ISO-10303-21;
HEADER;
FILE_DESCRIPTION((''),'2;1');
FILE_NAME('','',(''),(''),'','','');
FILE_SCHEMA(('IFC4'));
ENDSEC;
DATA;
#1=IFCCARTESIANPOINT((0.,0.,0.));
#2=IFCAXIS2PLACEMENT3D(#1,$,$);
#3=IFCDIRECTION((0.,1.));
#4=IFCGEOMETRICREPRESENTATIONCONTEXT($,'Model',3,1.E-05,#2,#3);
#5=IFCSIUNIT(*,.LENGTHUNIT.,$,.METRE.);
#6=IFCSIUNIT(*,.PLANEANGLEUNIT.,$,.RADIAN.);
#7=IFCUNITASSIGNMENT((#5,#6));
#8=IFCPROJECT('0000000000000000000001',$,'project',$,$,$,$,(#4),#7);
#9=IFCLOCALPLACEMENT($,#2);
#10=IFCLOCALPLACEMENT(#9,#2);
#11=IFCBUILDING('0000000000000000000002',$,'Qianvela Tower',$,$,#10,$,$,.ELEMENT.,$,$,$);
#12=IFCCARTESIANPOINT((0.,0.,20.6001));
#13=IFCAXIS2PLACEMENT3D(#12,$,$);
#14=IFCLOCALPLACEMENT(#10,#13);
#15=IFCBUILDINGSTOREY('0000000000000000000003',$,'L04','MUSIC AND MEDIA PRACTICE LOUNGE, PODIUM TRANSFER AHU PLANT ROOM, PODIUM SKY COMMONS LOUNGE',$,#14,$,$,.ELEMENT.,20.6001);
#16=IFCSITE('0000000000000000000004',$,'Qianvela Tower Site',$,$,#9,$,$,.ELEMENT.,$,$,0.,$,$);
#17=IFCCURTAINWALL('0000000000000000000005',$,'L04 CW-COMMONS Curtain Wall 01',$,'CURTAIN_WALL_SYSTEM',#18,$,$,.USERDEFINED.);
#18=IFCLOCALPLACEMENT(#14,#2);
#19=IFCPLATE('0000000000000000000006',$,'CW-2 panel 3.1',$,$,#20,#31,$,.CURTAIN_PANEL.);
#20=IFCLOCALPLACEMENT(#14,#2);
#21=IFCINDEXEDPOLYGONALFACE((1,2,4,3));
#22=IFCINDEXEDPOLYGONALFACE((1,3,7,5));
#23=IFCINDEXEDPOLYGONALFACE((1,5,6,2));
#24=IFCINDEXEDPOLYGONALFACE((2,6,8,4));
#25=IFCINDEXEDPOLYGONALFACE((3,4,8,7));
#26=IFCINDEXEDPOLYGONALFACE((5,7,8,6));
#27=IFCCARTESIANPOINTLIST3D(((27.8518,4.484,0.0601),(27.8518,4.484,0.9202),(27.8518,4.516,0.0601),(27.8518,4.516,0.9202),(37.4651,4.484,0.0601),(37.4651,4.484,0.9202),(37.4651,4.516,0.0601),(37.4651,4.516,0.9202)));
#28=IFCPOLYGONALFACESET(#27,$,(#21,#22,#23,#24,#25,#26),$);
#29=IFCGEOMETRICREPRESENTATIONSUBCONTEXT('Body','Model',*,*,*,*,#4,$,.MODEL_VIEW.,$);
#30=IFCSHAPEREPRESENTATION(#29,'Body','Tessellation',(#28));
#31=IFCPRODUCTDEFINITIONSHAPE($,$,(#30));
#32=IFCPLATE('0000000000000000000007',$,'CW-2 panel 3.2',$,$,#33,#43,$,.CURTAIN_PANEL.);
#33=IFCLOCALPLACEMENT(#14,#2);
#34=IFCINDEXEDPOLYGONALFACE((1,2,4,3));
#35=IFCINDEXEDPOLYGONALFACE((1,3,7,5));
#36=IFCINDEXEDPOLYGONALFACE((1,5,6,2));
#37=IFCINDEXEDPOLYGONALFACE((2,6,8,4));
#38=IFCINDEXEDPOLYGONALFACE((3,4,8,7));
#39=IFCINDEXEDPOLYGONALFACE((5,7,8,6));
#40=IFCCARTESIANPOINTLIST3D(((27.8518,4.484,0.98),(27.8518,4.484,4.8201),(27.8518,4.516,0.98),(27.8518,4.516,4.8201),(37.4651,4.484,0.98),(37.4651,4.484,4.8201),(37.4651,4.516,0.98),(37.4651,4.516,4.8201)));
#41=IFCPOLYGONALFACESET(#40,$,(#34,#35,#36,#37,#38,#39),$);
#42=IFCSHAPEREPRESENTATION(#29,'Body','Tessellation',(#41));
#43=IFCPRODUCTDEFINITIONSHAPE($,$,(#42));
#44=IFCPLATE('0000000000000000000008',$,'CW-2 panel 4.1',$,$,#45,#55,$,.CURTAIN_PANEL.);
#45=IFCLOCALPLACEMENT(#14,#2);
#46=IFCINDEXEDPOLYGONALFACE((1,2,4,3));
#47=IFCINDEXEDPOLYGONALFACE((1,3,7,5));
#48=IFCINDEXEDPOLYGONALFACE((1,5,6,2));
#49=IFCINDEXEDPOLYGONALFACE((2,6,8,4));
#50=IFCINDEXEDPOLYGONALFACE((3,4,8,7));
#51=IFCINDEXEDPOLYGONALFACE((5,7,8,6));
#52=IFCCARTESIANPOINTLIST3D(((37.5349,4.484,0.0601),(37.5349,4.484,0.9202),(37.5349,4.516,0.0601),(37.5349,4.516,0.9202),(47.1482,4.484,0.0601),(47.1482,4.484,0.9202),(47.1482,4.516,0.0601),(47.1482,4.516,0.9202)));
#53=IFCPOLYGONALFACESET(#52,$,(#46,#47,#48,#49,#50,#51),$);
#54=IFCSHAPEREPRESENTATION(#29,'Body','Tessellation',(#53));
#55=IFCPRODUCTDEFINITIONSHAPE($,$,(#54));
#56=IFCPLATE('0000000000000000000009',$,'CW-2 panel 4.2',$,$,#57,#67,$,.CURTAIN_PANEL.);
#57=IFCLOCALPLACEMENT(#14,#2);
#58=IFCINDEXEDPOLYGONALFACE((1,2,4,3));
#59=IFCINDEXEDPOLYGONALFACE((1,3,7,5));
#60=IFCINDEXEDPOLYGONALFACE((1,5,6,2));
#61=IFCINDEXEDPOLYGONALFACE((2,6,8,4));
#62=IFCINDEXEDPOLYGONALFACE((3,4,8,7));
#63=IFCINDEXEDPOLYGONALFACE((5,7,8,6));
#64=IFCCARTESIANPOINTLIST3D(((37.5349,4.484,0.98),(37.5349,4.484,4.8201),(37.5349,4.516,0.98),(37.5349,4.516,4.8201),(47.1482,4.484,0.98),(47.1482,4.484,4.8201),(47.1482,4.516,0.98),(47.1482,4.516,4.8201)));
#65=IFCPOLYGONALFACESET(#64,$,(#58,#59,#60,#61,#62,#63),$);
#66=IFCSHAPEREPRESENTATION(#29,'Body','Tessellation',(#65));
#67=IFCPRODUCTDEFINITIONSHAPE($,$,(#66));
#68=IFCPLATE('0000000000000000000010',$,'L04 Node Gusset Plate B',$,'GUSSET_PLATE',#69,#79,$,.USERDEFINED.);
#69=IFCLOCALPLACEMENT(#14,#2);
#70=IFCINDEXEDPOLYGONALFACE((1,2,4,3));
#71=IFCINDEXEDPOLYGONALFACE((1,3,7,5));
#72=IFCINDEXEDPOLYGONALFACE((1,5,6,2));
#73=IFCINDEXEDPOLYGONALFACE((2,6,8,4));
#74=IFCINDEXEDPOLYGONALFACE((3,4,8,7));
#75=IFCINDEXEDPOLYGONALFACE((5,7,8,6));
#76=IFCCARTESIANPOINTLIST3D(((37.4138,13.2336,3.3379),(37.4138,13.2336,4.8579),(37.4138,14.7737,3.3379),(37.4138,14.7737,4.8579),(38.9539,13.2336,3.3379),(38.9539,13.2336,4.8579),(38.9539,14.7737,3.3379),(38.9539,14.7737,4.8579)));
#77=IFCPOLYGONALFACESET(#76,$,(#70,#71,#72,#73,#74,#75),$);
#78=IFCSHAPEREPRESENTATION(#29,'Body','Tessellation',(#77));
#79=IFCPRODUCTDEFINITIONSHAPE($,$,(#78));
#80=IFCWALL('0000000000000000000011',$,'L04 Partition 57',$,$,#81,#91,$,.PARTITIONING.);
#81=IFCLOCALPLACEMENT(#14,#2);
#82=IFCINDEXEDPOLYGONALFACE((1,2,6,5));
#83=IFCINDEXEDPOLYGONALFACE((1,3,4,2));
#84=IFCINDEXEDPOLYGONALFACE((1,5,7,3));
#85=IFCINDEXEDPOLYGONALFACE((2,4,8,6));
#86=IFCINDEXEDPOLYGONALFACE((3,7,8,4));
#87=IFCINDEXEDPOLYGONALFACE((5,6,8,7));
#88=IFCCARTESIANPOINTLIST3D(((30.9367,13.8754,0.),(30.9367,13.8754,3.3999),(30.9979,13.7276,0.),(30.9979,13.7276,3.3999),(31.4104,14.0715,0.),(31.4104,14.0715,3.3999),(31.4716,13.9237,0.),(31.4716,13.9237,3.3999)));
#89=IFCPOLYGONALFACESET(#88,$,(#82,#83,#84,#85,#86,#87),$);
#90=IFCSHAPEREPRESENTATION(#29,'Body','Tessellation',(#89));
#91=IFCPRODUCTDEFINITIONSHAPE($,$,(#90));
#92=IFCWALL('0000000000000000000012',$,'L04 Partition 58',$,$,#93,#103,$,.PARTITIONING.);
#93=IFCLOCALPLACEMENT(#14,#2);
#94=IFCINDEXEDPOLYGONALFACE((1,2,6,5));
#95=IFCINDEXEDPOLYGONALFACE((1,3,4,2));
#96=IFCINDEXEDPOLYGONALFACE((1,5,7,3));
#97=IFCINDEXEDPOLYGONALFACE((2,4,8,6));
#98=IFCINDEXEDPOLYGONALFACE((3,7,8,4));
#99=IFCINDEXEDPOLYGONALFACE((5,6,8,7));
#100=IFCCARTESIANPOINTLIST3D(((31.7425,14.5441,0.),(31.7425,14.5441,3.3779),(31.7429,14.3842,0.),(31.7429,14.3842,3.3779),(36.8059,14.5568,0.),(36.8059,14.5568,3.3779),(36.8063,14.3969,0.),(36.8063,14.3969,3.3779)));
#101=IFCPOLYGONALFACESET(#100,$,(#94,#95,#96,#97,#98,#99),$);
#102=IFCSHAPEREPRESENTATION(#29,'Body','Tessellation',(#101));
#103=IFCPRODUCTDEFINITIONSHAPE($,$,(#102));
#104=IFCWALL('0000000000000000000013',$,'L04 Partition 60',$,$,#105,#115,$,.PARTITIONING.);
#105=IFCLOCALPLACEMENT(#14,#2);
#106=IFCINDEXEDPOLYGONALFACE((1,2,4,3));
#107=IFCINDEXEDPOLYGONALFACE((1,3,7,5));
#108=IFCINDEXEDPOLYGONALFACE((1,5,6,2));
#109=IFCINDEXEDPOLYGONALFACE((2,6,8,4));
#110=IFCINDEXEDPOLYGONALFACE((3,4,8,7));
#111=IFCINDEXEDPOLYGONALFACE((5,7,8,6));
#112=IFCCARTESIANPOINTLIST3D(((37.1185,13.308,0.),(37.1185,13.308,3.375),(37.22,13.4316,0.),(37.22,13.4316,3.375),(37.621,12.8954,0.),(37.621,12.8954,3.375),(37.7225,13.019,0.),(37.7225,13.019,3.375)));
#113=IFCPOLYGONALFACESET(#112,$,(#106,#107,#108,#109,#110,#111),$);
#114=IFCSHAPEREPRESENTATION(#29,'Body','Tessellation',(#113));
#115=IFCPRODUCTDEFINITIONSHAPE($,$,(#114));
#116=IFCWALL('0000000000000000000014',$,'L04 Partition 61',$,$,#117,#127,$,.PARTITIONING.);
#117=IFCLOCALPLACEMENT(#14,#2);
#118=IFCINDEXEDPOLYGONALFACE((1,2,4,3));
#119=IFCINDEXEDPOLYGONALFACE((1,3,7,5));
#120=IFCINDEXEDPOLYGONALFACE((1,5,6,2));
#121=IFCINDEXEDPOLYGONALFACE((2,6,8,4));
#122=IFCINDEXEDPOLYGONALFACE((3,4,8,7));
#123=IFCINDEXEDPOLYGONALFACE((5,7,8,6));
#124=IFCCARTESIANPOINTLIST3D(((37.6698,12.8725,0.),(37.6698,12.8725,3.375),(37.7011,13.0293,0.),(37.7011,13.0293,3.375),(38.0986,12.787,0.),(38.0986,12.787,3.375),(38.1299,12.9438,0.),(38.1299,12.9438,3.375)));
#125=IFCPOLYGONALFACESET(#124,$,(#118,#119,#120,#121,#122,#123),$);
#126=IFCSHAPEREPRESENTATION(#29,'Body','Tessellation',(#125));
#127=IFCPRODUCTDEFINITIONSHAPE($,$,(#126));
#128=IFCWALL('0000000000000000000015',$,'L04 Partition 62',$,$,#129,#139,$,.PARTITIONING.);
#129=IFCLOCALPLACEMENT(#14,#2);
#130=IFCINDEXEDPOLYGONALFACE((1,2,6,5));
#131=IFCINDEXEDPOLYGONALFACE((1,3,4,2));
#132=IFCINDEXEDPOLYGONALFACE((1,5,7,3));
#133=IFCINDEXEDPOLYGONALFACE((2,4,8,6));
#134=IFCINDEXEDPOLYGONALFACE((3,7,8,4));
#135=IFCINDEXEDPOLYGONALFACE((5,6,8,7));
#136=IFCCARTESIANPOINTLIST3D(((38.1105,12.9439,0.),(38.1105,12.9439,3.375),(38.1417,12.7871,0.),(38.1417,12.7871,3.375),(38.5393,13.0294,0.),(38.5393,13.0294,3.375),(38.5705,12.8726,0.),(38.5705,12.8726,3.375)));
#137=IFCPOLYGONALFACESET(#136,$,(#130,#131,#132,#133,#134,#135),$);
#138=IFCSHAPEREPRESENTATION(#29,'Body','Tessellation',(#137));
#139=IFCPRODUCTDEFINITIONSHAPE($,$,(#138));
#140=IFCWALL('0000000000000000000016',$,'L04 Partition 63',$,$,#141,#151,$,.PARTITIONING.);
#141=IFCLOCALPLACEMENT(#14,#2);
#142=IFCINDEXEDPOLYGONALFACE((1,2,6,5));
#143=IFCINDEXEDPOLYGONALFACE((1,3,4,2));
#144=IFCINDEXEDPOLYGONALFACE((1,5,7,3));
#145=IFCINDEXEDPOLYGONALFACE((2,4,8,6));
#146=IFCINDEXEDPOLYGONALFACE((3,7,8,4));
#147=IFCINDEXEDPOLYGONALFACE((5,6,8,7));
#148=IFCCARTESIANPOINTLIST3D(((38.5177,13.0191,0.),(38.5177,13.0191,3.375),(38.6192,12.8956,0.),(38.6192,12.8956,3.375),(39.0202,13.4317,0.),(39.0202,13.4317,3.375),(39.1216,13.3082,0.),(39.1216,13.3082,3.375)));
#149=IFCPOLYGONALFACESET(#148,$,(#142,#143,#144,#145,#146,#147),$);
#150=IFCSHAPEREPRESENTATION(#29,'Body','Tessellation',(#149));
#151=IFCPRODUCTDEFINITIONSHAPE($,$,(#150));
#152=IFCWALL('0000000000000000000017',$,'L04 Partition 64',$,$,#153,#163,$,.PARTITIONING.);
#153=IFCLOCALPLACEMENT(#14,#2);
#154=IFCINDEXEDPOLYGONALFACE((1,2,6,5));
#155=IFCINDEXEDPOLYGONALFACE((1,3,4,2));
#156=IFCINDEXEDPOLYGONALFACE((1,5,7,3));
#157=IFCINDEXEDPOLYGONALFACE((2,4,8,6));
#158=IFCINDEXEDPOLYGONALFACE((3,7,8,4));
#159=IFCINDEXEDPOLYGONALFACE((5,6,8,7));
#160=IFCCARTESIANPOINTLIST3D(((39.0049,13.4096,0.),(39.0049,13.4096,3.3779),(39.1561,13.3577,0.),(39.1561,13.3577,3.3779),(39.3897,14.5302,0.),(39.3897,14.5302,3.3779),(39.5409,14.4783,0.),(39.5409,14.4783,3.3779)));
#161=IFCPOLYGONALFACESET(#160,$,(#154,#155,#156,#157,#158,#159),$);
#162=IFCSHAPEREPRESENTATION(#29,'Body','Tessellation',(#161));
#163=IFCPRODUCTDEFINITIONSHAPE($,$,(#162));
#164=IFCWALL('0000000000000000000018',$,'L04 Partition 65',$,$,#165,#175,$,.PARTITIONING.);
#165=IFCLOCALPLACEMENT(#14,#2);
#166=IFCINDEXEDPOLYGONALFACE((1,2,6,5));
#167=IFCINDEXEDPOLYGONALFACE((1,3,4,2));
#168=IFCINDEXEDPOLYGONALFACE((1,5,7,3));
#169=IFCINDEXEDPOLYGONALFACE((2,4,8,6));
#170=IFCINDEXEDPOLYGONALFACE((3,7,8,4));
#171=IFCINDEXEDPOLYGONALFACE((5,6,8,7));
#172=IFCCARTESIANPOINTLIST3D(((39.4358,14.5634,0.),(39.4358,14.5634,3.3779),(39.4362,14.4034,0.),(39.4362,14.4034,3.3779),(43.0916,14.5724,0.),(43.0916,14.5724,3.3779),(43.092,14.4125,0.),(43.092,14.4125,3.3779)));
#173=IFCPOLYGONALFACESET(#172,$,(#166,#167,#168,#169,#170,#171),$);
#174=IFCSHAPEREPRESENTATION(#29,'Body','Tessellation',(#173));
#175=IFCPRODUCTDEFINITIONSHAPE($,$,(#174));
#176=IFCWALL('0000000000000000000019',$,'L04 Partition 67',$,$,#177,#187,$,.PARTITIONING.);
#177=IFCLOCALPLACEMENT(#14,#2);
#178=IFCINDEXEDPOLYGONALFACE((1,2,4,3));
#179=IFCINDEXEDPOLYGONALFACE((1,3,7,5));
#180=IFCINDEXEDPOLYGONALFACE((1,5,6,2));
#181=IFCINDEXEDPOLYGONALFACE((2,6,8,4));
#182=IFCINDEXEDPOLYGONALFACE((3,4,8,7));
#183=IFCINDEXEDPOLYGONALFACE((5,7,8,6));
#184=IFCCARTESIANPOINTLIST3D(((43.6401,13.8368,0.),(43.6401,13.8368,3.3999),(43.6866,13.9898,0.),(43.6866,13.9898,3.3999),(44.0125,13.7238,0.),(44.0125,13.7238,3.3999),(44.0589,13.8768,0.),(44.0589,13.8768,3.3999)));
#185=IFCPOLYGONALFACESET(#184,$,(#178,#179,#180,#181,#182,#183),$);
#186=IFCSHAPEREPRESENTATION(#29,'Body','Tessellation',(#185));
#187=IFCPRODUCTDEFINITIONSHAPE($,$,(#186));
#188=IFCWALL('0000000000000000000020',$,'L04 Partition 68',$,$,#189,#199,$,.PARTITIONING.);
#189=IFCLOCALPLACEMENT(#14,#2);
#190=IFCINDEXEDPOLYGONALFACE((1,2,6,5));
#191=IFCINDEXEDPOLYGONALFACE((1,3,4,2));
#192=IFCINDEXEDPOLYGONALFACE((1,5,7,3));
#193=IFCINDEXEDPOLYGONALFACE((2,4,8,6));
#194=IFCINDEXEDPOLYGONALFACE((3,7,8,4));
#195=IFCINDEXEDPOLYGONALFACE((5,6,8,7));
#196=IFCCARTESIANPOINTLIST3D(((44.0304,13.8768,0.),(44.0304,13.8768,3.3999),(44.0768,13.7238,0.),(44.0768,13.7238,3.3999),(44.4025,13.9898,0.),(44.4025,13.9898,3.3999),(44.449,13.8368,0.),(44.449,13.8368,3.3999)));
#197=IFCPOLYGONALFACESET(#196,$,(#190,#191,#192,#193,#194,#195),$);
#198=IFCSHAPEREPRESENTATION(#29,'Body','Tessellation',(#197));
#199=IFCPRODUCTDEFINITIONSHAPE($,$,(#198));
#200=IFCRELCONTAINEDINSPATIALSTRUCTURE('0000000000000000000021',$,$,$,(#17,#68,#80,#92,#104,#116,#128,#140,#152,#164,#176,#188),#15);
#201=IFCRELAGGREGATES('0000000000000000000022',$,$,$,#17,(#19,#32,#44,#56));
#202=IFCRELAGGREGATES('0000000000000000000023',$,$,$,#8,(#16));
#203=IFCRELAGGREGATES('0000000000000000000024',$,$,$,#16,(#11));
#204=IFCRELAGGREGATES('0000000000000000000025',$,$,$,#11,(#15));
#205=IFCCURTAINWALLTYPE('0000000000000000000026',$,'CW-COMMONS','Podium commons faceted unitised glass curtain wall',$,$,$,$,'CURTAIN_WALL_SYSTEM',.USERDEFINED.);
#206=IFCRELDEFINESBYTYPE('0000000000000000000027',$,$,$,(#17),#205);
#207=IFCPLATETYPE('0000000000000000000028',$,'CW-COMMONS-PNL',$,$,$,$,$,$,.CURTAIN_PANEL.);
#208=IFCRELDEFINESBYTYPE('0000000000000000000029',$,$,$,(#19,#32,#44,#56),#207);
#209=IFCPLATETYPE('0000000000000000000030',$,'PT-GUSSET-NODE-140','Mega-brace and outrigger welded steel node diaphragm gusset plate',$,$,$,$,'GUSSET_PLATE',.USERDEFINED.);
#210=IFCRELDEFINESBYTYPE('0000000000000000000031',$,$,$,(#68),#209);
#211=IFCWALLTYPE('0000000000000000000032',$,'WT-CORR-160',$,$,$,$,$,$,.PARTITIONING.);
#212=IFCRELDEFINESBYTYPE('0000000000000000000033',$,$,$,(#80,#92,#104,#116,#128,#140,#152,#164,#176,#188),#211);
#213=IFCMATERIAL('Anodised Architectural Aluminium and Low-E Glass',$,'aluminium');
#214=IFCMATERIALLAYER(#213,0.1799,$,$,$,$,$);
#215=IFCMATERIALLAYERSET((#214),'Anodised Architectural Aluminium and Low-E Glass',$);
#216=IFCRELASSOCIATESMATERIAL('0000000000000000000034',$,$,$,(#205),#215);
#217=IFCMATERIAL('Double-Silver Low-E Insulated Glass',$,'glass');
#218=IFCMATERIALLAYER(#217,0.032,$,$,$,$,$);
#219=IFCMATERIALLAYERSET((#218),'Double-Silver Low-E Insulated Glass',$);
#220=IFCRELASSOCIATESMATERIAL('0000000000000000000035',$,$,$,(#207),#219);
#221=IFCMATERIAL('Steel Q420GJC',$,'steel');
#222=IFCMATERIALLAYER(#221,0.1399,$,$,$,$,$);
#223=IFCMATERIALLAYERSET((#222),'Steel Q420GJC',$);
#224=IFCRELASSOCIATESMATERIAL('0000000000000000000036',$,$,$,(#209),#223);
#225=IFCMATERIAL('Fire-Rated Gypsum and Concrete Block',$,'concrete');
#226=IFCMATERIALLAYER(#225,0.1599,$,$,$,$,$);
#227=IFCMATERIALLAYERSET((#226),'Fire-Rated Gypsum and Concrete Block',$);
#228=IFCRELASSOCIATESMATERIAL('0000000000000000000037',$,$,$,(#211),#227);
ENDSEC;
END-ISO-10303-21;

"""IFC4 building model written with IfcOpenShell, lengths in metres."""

from ifc_helpers import new_model, si_unit, direction, frame, frame_2d, origin, origin_2d, place, context, subcontext, project, spatial, rectangle, extrude, material, layer, layer_set, type_object, element, aggregate, save


model = new_model("IFC4")

# Units and contexts
model_context = context("Model", 3, precision=1e-05, world=origin(), true_north=direction((0.0, 1.0)))
body_context = subcontext(model_context, "Body", "Model", "MODEL_VIEW")
ifc_project = project(units=[si_unit("LENGTHUNIT", "METRE"), si_unit("PLANEANGLEUNIT", "RADIAN")], contexts=[model_context])

# Site, building, storey
site_placement = place(None, origin())
site = spatial("IfcSite", under=ifc_project, at=site_placement, Name="Qianvela Tower Site", CompositionType="ELEMENT", RefElevation=0.0)
building_placement = place(site_placement, origin())
building = spatial("IfcBuilding", under=site, at=building_placement, Name="Qianvela Tower", CompositionType="ELEMENT")
storey_placement = place(building_placement, frame((0.0, 0.0, 20.6001)))
storey = spatial("IfcBuildingStorey", under=building, at=storey_placement, Name="L04", Description="MUSIC AND MEDIA PRACTICE LOUNGE, PODIUM TRANSFER AHU PLANT ROOM, PODIUM SKY COMMONS LOUNGE", CompositionType="ELEMENT", Elevation=20.6001)

# Curtain wall, plates
ifc_material_1 = material(Name="Anodised Architectural Aluminium and Low-E Glass", Category="aluminium")
ifc_layer_1 = layer(ifc_material_1, 0.1799)
ifc_layer_set_1 = layer_set([ifc_layer_1], Name="Anodised Architectural Aluminium and Low-E Glass")
curtain_wall_type = type_object("IfcCurtainWallType", Name="CW-COMMONS", Description="Podium commons faceted unitised glass curtain wall", ElementType="CURTAIN_WALL_SYSTEM", PredefinedType="USERDEFINED", material=ifc_layer_set_1)
curtain_wall_placement = place(storey_placement, origin())
curtain_wall = element("IfcCurtainWall", 1, at=curtain_wall_placement, inside=storey, type_object=curtain_wall_type, Name="L04 CW-COMMONS Curtain Wall 01", ObjectType="CURTAIN_WALL_SYSTEM", PredefinedType="USERDEFINED")
ifc_material_2 = material(Name="Double-Silver Low-E Insulated Glass", Category="glass")
ifc_layer_2 = layer(ifc_material_2, 0.032)
ifc_layer_set_2 = layer_set([ifc_layer_2], Name="Double-Silver Low-E Insulated Glass")
plate_type_1 = type_object("IfcPlateType", Name="CW-COMMONS-PNL", PredefinedType="CURTAIN_PANEL", material=ifc_layer_set_2)
plate_1_placement = place(storey_placement, frame((32.6584, 4.5, 0.0601), z_axis=(0.0, 0.0, 1.0), x_axis=(1.0, 0.0, 0.0)))
plate_1 = element("IfcPlate", 2, at=plate_1_placement, type_object=plate_type_1, Name="CW-2 panel 3.1", PredefinedType="CURTAIN_PANEL", context=body_context, shape_type="SweptSolid", body=[
    extrude(rectangle(XDim=9.6133, YDim=0.032, at=origin_2d()), origin(), (0.0, 0.0, 1.0), 0.8601),
])
plate_2_placement = place(storey_placement, frame((32.6584, 4.5, 0.98), z_axis=(0.0, 0.0, 1.0), x_axis=(1.0, 0.0, 0.0)))
plate_2 = element("IfcPlate", 3, at=plate_2_placement, type_object=plate_type_1, Name="CW-2 panel 3.2", PredefinedType="CURTAIN_PANEL", context=body_context, shape_type="SweptSolid", body=[
    extrude(rectangle(XDim=9.6133, YDim=0.032, at=origin_2d()), origin(), (0.0, 0.0, 1.0), 3.8401),
])
plate_3_placement = place(storey_placement, frame((42.3416, 4.5, 0.0601), z_axis=(0.0, 0.0, 1.0), x_axis=(1.0, 0.0, 0.0)))
plate_3 = element("IfcPlate", 4, at=plate_3_placement, type_object=plate_type_1, Name="CW-2 panel 4.1", PredefinedType="CURTAIN_PANEL", context=body_context, shape_type="SweptSolid", body=[
    extrude(rectangle(XDim=9.6133, YDim=0.032, at=origin_2d()), origin(), (0.0, 0.0, 1.0), 0.8601),
])
plate_4_placement = place(storey_placement, frame((42.3416, 4.5, 0.98), z_axis=(0.0, 0.0, 1.0), x_axis=(1.0, 0.0, 0.0)))
plate_4 = element("IfcPlate", 5, at=plate_4_placement, type_object=plate_type_1, Name="CW-2 panel 4.2", PredefinedType="CURTAIN_PANEL", context=body_context, shape_type="SweptSolid", body=[
    extrude(rectangle(XDim=9.6133, YDim=0.032, at=origin_2d()), origin(), (0.0, 0.0, 1.0), 3.8401),
])
aggregate(curtain_wall, [plate_1, plate_2, plate_3, plate_4])

# Plate
ifc_material_3 = material(Name="Steel Q420GJC", Category="steel")
ifc_layer_3 = layer(ifc_material_3, 0.1399)
ifc_layer_set_3 = layer_set([ifc_layer_3], Name="Steel Q420GJC")
plate_type_2 = type_object("IfcPlateType", Name="PT-GUSSET-NODE-140", Description="Mega-brace and outrigger welded steel node diaphragm gusset plate", ElementType="GUSSET_PLATE", PredefinedType="USERDEFINED", material=ifc_layer_set_3)
plate_5_placement = place(storey_placement, frame((38.1838, 14.0037, 3.3379), z_axis=(0.0, 0.0, 1.0), x_axis=(1.0, 0.0, 0.0)))
element("IfcPlate", 6, at=plate_5_placement, inside=storey, type_object=plate_type_2, Name="L04 Node Gusset Plate B", ObjectType="GUSSET_PLATE", PredefinedType="USERDEFINED", context=body_context, shape_type="SweptSolid", body=[
    extrude(rectangle(XDim=1.54, YDim=1.54, at=origin_2d()), origin(), (0.0, 0.0, 1.0), 1.52),
])

# Walls
ifc_material_4 = material(Name="Fire-Rated Gypsum and Concrete Block", Category="concrete")
ifc_layer_4 = layer(ifc_material_4, 0.1599)
ifc_layer_set_4 = layer_set([ifc_layer_4], Name="Fire-Rated Gypsum and Concrete Block")
wall_type_1 = type_object("IfcWallType", Name="WT-CORR-160", PredefinedType="PARTITIONING", material=ifc_layer_set_4)
wall_1_placement = place(storey_placement, frame((30.9673, 13.8015, 0.0), z_axis=(0.0, 0.0, 1.0), x_axis=(0.923976, 0.38245, 0.0)))
element("IfcWall", 7, at=wall_1_placement, inside=storey, type_object=wall_type_1, Name="L04 Partition 57", PredefinedType="PARTITIONING", context=body_context, shape_type="SweptSolid", body=[
    extrude(rectangle(XDim=0.5127, YDim=0.1599, at=frame_2d((0.2563, 0.0))), origin(), (0.0, 0.0, 1.0), 3.3999),
])
wall_2_placement = place(storey_placement, frame((31.7427, 14.4641, 0.0), z_axis=(0.0, 0.0, 1.0), x_axis=(0.999997, 0.002507, 0.0)))
element("IfcWall", 8, at=wall_2_placement, inside=storey, type_object=wall_type_1, Name="L04 Partition 58", PredefinedType="PARTITIONING", context=body_context, shape_type="SweptSolid", body=[
    extrude(rectangle(XDim=5.0635, YDim=0.1599, at=frame_2d((2.5317, 0.0))), origin(), (0.0, 0.0, 1.0), 3.3779),
])
wall_3_placement = place(storey_placement, frame((37.1692, 13.3699, 0.0), z_axis=(0.0, 0.0, 1.0), x_axis=(0.772818, -0.634627, 0.0)))
element("IfcWall", 9, at=wall_3_placement, inside=storey, type_object=wall_type_1, Name="L04 Partition 60", PredefinedType="PARTITIONING", context=body_context, shape_type="SweptSolid", body=[
    extrude(rectangle(XDim=0.6501, YDim=0.1599, at=frame_2d((0.3252, 0.0))), origin(), (0.0, 0.0, 1.0), 3.375),
])
for number, where, z_axis, x_axis, name in (
    (10, (37.6853, 12.9509, 0.0), (0.0, 0.0, 1.0), (0.980709, -0.195472, 0.0), "L04 Partition 61"),
    (11, (38.126, 12.8655, 0.0), (0.0, 0.0, 1.0), (0.980709, 0.195472, 0.0), "L04 Partition 62"),
):
    element("IfcWall", number, at=place(storey_placement, frame(where, z_axis=z_axis, x_axis=x_axis)), inside=storey, type_object=wall_type_1, Name=name, PredefinedType="PARTITIONING", context=body_context, shape_type="SweptSolid", body=[
        extrude(rectangle(XDim=0.4373, YDim=0.1599, at=frame_2d((0.2188, 0.0))), origin(), (0.0, 0.0, 1.0), 3.375),
    ])
wall_4_placement = place(storey_placement, frame((38.5684, 12.9573, 0.0), z_axis=(0.0, 0.0, 1.0), x_axis=(0.772818, 0.634627, 0.0)))
element("IfcWall", 12, at=wall_4_placement, inside=storey, type_object=wall_type_1, Name="L04 Partition 63", PredefinedType="PARTITIONING", context=body_context, shape_type="SweptSolid", body=[
    extrude(rectangle(XDim=0.6501, YDim=0.1599, at=frame_2d((0.3252, 0.0))), origin(), (0.0, 0.0, 1.0), 3.375),
])
wall_5_placement = place(storey_placement, frame((39.0806, 13.3838, 0.0), z_axis=(0.0, 0.0, 1.0), x_axis=(0.324746, 0.945801, 0.0)))
element("IfcWall", 13, at=wall_5_placement, inside=storey, type_object=wall_type_1, Name="L04 Partition 64", PredefinedType="PARTITIONING", context=body_context, shape_type="SweptSolid", body=[
    extrude(rectangle(XDim=1.1848, YDim=0.1599, at=frame_2d((0.5923, 0.0))), origin(), (0.0, 0.0, 1.0), 3.3779),
])
wall_6_placement = place(storey_placement, frame((39.436, 14.4834, 0.0), z_axis=(0.0, 0.0, 1.0), x_axis=(0.999997, 0.002471, 0.0)))
element("IfcWall", 14, at=wall_6_placement, inside=storey, type_object=wall_type_1, Name="L04 Partition 65", PredefinedType="PARTITIONING", context=body_context, shape_type="SweptSolid", body=[
    extrude(rectangle(XDim=3.6558, YDim=0.1599, at=frame_2d((1.8279, 0.0))), origin(), (0.0, 0.0, 1.0), 3.3779),
])
wall_7_placement = place(storey_placement, frame((43.6633, 13.9133, 0.0), z_axis=(0.0, 0.0, 1.0), x_axis=(0.956871, -0.290512, 0.0)))
element("IfcWall", 15, at=wall_7_placement, inside=storey, type_object=wall_type_1, Name="L04 Partition 67", PredefinedType="PARTITIONING", context=body_context, shape_type="SweptSolid", body=[
    extrude(rectangle(XDim=0.3892, YDim=0.1599, at=frame_2d((0.1946, 0.0))), origin(), (0.0, 0.0, 1.0), 3.3999),
])
wall_8_placement = place(storey_placement, frame((44.0537, 13.8003, 0.0), z_axis=(0.0, 0.0, 1.0), x_axis=(0.956818, 0.290687, 0.0)))
element("IfcWall", 16, at=wall_8_placement, inside=storey, type_object=wall_type_1, Name="L04 Partition 68", PredefinedType="PARTITIONING", context=body_context, shape_type="SweptSolid", body=[
    extrude(rectangle(XDim=0.3889, YDim=0.1599, at=frame_2d((0.1943, 0.0))), origin(), (0.0, 0.0, 1.0), 3.3999),
])

save(model, "model.ifc")
